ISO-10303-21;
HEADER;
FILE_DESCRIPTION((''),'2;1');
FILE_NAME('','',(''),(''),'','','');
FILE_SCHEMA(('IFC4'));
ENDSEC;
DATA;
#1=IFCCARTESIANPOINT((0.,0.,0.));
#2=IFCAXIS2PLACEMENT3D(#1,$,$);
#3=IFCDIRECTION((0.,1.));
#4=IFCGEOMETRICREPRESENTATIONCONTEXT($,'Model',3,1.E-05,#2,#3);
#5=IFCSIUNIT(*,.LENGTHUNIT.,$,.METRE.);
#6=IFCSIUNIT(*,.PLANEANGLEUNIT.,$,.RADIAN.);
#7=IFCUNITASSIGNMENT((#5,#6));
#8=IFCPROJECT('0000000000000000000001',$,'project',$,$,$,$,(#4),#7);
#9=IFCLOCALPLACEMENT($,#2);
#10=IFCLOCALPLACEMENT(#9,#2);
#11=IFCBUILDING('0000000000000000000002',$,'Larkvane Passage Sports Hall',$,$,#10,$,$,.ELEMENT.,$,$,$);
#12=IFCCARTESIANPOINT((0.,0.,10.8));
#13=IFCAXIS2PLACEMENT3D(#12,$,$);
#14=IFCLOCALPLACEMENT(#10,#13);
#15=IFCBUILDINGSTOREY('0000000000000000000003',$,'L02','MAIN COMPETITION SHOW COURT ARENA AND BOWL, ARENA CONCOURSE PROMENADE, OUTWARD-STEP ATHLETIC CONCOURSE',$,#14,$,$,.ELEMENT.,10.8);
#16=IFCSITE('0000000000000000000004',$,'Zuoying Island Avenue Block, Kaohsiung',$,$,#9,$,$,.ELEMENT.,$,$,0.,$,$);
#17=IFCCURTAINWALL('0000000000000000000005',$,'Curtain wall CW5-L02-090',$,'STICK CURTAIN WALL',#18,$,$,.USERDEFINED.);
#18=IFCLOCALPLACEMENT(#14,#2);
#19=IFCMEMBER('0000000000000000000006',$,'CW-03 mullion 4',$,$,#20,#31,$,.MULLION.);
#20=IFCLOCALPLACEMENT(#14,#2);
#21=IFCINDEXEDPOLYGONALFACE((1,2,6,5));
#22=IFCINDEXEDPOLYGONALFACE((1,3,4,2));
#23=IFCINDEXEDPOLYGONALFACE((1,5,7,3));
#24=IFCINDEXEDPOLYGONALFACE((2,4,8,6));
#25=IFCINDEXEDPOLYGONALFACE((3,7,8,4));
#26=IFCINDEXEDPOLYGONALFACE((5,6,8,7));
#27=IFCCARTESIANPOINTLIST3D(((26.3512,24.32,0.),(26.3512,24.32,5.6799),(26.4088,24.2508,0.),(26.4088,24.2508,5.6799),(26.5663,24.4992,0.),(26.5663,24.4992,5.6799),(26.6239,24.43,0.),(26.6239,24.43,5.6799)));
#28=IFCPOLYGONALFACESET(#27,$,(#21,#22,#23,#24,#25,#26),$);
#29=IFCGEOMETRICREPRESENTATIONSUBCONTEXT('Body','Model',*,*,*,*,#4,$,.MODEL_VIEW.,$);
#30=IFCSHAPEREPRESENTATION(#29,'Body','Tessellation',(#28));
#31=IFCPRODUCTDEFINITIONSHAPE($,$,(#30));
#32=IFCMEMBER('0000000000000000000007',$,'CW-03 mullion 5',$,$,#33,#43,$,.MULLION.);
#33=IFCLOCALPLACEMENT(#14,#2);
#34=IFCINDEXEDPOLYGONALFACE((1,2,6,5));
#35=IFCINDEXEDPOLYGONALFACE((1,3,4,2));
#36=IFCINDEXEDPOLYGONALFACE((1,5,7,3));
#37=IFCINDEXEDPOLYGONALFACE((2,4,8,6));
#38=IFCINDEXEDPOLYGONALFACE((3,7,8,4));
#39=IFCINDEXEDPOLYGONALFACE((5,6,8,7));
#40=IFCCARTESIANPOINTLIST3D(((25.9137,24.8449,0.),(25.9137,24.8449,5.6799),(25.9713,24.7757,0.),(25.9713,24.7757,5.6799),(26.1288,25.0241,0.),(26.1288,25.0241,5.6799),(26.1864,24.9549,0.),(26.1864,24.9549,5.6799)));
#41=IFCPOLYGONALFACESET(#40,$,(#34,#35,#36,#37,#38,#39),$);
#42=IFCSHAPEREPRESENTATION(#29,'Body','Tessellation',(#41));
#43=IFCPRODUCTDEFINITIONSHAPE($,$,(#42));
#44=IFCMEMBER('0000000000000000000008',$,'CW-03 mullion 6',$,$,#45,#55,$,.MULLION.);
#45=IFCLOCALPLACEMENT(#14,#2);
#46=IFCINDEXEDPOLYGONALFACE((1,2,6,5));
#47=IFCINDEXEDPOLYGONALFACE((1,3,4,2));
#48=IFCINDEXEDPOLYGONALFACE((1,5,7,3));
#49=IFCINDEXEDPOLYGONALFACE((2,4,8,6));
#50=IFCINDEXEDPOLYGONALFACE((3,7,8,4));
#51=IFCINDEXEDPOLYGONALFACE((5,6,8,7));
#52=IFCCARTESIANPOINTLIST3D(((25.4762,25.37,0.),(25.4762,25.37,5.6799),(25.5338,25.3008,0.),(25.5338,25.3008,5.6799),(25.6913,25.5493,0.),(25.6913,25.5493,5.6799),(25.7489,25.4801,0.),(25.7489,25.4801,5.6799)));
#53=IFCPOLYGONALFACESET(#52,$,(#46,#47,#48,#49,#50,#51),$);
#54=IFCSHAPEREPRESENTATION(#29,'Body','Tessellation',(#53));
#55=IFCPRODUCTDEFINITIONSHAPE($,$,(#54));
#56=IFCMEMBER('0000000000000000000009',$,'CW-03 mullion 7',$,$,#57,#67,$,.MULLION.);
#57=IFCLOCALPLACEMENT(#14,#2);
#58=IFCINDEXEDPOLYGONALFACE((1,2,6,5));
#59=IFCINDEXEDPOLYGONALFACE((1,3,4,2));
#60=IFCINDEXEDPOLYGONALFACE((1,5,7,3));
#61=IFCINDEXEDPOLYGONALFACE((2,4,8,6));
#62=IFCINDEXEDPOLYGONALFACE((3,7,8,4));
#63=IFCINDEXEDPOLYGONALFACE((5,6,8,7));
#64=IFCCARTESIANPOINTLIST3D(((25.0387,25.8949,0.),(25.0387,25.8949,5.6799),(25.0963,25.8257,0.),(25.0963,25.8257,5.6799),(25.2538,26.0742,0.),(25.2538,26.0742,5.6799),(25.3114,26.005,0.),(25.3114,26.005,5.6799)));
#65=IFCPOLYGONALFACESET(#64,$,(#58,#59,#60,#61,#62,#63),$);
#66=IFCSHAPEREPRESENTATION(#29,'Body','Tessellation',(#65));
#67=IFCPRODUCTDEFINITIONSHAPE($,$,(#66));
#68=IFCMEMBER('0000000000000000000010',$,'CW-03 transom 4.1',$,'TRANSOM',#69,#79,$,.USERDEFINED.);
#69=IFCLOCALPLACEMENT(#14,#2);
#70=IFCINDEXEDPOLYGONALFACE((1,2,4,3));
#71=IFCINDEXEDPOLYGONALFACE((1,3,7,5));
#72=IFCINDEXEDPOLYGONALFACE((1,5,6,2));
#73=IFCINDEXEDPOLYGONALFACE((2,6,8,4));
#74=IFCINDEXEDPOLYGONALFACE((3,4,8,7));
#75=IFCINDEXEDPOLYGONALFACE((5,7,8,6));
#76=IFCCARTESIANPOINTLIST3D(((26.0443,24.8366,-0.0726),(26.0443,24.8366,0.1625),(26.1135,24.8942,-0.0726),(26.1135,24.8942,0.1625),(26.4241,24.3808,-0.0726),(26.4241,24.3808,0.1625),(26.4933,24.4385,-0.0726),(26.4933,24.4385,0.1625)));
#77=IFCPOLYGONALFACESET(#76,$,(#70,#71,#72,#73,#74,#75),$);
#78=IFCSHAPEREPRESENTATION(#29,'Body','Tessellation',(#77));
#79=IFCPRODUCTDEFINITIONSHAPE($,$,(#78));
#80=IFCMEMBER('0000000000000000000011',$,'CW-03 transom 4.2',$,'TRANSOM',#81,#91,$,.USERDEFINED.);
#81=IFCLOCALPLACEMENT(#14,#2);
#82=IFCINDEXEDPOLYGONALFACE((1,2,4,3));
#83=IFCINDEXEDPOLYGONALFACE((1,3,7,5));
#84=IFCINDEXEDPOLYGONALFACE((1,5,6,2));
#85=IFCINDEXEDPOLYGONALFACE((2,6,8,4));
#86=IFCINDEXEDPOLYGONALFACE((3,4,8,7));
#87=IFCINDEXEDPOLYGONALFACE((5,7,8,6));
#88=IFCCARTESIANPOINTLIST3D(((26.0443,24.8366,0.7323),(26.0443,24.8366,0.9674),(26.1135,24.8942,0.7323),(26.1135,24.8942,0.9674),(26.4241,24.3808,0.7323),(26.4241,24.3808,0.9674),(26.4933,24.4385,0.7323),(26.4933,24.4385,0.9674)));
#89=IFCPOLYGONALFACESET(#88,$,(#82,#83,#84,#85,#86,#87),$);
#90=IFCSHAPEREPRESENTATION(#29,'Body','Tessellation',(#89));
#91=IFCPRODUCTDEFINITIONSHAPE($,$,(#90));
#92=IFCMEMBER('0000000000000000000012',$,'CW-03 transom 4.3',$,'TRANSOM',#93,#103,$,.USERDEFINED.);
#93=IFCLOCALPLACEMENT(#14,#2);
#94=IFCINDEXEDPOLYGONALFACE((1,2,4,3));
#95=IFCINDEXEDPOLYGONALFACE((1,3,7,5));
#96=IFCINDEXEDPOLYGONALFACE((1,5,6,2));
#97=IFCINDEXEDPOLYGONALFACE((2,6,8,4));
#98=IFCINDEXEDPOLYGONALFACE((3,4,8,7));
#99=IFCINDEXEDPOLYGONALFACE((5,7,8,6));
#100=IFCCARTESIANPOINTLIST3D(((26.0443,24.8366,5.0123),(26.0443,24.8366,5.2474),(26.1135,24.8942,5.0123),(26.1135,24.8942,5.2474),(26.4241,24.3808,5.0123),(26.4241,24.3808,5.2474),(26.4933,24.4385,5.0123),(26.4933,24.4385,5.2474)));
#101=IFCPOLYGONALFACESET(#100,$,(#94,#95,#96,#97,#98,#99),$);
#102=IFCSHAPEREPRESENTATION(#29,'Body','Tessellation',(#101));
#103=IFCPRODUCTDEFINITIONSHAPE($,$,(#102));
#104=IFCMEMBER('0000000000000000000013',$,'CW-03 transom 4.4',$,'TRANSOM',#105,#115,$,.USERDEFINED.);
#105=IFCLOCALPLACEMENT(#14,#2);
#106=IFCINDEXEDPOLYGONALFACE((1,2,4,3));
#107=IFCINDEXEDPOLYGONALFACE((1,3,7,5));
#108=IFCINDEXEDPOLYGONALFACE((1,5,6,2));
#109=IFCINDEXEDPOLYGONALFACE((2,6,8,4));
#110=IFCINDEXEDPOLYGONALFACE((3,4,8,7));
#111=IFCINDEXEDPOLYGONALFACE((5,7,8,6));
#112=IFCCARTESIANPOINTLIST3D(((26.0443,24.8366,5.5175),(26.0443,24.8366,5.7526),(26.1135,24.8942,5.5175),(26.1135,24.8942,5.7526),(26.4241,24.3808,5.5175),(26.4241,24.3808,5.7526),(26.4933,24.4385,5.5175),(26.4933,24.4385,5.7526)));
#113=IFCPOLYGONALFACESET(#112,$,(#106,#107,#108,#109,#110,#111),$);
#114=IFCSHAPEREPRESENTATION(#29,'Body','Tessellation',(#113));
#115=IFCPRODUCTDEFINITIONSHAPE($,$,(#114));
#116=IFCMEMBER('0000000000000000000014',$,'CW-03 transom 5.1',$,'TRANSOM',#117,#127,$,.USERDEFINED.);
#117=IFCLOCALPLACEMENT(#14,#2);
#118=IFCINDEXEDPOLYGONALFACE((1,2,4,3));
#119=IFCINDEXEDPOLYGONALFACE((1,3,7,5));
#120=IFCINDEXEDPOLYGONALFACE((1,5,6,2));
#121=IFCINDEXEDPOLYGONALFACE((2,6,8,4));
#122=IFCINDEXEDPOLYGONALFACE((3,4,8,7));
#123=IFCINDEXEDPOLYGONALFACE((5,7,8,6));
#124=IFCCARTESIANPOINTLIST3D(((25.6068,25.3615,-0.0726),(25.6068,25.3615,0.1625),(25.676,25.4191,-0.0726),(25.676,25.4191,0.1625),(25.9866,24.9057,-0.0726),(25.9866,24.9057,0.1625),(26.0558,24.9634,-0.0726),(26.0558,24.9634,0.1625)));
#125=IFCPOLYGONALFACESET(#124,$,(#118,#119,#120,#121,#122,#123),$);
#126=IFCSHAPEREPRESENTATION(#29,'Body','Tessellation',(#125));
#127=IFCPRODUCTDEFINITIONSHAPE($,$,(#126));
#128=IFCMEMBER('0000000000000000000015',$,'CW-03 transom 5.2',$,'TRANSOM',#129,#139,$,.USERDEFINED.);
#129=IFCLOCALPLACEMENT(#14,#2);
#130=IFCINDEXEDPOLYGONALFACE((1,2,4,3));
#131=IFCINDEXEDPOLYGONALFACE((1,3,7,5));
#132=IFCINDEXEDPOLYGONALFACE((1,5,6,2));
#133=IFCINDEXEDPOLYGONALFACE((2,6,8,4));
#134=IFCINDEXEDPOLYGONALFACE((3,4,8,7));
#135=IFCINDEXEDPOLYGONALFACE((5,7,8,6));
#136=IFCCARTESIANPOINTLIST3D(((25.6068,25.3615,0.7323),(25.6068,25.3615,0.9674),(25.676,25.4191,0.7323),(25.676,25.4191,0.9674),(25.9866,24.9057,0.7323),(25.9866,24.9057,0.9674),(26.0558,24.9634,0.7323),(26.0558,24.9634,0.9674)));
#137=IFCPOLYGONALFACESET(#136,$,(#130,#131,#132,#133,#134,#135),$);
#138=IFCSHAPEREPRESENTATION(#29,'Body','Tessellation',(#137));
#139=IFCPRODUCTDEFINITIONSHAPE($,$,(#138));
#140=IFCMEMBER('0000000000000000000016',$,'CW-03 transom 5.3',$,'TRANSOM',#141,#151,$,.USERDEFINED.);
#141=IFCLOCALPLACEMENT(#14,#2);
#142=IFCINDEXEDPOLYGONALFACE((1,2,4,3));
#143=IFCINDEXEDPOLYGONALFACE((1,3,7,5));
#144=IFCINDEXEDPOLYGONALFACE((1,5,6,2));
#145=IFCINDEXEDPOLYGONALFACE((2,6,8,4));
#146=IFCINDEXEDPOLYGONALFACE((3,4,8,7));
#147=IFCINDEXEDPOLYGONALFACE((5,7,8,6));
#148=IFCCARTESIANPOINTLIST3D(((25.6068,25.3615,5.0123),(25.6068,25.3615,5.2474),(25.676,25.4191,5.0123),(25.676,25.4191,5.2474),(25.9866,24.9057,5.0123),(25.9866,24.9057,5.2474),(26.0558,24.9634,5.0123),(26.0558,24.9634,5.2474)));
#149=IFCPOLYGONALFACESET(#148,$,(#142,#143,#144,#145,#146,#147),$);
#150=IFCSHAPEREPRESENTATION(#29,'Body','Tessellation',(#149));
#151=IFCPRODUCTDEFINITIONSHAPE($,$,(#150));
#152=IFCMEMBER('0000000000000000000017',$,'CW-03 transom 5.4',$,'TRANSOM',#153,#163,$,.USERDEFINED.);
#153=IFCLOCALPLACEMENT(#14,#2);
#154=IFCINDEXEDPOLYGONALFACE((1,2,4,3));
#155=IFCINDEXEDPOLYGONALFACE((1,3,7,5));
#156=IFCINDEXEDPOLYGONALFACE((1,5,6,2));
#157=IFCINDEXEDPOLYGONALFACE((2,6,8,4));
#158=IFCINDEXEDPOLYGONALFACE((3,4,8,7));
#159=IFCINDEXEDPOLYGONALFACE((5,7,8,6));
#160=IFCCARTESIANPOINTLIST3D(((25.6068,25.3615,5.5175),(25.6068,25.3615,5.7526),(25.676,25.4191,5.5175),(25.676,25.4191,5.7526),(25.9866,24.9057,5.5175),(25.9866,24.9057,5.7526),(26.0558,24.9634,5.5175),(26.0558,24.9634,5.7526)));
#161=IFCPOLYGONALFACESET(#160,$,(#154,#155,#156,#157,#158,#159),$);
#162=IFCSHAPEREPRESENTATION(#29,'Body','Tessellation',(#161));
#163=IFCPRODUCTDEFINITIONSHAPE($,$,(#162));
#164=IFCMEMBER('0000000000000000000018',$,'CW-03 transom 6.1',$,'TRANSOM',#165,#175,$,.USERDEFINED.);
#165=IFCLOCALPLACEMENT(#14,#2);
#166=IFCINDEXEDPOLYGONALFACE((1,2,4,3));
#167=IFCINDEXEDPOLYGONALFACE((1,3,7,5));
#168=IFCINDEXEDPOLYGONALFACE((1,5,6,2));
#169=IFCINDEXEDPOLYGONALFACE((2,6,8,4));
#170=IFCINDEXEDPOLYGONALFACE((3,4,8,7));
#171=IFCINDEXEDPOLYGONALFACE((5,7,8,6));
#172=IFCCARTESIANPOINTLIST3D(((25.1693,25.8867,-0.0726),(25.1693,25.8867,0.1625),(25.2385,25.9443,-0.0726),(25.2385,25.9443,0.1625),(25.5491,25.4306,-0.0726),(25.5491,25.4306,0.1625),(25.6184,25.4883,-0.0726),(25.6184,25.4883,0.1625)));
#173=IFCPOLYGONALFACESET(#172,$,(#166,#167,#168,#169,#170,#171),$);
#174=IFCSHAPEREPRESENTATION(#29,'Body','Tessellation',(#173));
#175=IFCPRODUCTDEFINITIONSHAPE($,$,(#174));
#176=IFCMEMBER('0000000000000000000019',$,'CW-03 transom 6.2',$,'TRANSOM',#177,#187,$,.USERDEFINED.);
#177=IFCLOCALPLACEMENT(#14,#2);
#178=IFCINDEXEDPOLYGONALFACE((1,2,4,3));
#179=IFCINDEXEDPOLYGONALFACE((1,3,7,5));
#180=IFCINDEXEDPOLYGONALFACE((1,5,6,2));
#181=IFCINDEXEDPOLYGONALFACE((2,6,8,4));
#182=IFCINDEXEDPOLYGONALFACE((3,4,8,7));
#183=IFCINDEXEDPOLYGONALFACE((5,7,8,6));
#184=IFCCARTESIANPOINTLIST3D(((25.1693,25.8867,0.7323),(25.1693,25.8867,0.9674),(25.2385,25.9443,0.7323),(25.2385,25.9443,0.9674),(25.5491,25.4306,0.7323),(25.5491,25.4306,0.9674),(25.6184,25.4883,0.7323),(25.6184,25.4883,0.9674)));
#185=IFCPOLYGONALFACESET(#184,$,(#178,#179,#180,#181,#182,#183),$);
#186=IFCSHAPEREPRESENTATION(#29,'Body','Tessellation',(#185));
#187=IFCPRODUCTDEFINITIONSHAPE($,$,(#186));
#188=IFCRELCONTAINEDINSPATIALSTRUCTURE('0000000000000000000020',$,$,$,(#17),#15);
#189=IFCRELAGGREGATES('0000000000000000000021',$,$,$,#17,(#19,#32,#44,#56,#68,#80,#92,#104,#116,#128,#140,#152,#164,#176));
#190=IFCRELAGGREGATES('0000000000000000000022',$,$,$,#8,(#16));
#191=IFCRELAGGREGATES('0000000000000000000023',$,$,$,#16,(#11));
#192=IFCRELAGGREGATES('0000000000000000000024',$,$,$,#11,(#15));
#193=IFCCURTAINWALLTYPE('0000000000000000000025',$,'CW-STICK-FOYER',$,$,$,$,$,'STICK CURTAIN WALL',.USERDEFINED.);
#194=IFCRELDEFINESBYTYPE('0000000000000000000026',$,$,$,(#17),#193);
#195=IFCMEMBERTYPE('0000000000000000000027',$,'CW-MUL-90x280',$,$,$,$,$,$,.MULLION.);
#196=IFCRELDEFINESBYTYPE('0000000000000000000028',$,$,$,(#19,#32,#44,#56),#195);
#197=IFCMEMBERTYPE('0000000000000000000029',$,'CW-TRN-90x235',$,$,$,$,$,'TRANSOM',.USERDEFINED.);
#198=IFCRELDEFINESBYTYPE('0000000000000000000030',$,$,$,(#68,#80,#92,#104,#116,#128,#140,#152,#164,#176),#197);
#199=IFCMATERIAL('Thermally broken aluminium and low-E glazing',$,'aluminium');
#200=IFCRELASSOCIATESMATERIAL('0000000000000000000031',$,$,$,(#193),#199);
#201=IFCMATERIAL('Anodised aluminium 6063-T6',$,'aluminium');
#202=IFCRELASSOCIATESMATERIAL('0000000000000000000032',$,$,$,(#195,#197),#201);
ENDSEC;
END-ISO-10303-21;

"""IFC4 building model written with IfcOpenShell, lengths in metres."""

from ifc_helpers import new_model, si_unit, direction, frame, origin, origin_2d, place, context, subcontext, project, spatial, rectangle, extrude, material, material_profile, profile_set, type_object, element, aggregate, save


model = new_model("IFC4")

# Units and contexts
model_context = context("Model", 3, precision=1e-05, world=origin(), true_north=direction((0.0, 1.0)))
body_context = subcontext(model_context, "Body", "Model", "MODEL_VIEW")
ifc_project = project(units=[si_unit("LENGTHUNIT", "METRE"), si_unit("PLANEANGLEUNIT", "RADIAN")], contexts=[model_context])

# Site, building, storey
site_placement = place(None, origin())
site = spatial("IfcSite", under=ifc_project, at=site_placement, Name="Zuoying Island Avenue Block, Kaohsiung", CompositionType="ELEMENT", RefElevation=0.0)
building_placement = place(site_placement, origin())
building = spatial("IfcBuilding", under=site, at=building_placement, Name="Larkvane Passage Sports Hall", CompositionType="ELEMENT")
storey_placement = place(building_placement, frame((0.0, 0.0, 10.8)))
storey = spatial("IfcBuildingStorey", under=building, at=storey_placement, Name="L02", Description="MAIN COMPETITION SHOW COURT ARENA AND BOWL, ARENA CONCOURSE PROMENADE, OUTWARD-STEP ATHLETIC CONCOURSE", CompositionType="ELEMENT", Elevation=10.8)

# Curtain wall, members
ifc_material_1 = material(Name="Thermally broken aluminium and low-E glazing", Category="aluminium")
curtain_wall_type = type_object("IfcCurtainWallType", Name="CW-STICK-FOYER", ElementType="STICK CURTAIN WALL", PredefinedType="USERDEFINED", material=ifc_material_1)
curtain_wall_placement = place(storey_placement, origin())
curtain_wall = element("IfcCurtainWall", 1, at=curtain_wall_placement, inside=storey, type_object=curtain_wall_type, Name="Curtain wall CW5-L02-090", ObjectType="STICK CURTAIN WALL", PredefinedType="USERDEFINED")
ifc_material_2 = material(Name="Anodised aluminium 6063-T6", Category="aluminium")
ifc_material_profile_1 = material_profile(ifc_material_2, rectangle(XDim=0.0901, YDim=0.28, at=origin_2d()), Name="ALU-MUL-90x280")
ifc_profile_set_1 = profile_set([ifc_material_profile_1], Name="Anodised aluminium 6063-T6")
member_type_1 = type_object("IfcMemberType", Name="CW-MUL-90x280", PredefinedType="MULLION", material=ifc_profile_set_1)
member_1_placement = place(storey_placement, frame((26.4875, 24.375, 0.0), z_axis=(0.0, 0.0, 1.0), x_axis=(-0.640184, 0.768221, 0.0)))
member_1 = element("IfcMember", 2, at=member_1_placement, type_object=member_type_1, Name="CW-03 mullion 4", PredefinedType="MULLION", context=body_context, shape_type="SweptSolid", body=[
    extrude(rectangle(XDim=0.0901, YDim=0.28, at=origin_2d()), origin(), (0.0, 0.0, 1.0), 5.6799),
])
member_2_placement = place(storey_placement, frame((26.05, 24.8999, 0.0), z_axis=(0.0, 0.0, 1.0), x_axis=(-0.640184, 0.768221, 0.0)))
member_2 = element("IfcMember", 3, at=member_2_placement, type_object=member_type_1, Name="CW-03 mullion 5", PredefinedType="MULLION", context=body_context, shape_type="SweptSolid", body=[
    extrude(rectangle(XDim=0.0901, YDim=0.28, at=origin_2d()), origin(), (0.0, 0.0, 1.0), 5.6799),
])
member_3_placement = place(storey_placement, frame((25.6125, 25.425, 0.0), z_axis=(0.0, 0.0, 1.0), x_axis=(-0.640184, 0.768221, 0.0)))
member_3 = element("IfcMember", 4, at=member_3_placement, type_object=member_type_1, Name="CW-03 mullion 6", PredefinedType="MULLION", context=body_context, shape_type="SweptSolid", body=[
    extrude(rectangle(XDim=0.0901, YDim=0.28, at=origin_2d()), origin(), (0.0, 0.0, 1.0), 5.6799),
])
member_4_placement = place(storey_placement, frame((25.175, 25.95, 0.0), z_axis=(0.0, 0.0, 1.0), x_axis=(-0.640184, 0.768221, 0.0)))
member_4 = element("IfcMember", 5, at=member_4_placement, type_object=member_type_1, Name="CW-03 mullion 7", PredefinedType="MULLION", context=body_context, shape_type="SweptSolid", body=[
    extrude(rectangle(XDim=0.0901, YDim=0.28, at=origin_2d()), origin(), (0.0, 0.0, 1.0), 5.6799),
])
ifc_material_profile_2 = material_profile(ifc_material_2, rectangle(XDim=0.0901, YDim=0.2351, at=origin_2d()), Name="ALU-TRN-90x235")
ifc_profile_set_2 = profile_set([ifc_material_profile_2], Name="Anodised aluminium 6063-T6")
member_type_2 = type_object("IfcMemberType", Name="CW-TRN-90x235", ElementType="TRANSOM", PredefinedType="USERDEFINED", material=ifc_profile_set_2)
member_5_placement = place(storey_placement, frame((26.4587, 24.4097, 0.0449), z_axis=(-0.640225, 0.768188, 0.0), x_axis=(-0.768188, -0.640225, 0.0)))
member_5 = element("IfcMember", 6, at=member_5_placement, type_object=member_type_2, Name="CW-03 transom 4.1", ObjectType="TRANSOM", PredefinedType="USERDEFINED", context=body_context, shape_type="SweptSolid", body=[
    extrude(rectangle(XDim=0.0901, YDim=0.2351, at=origin_2d()), origin(), (0.0, 0.0, 1.0), 0.5933),
])
member_6_placement = place(storey_placement, frame((26.4587, 24.4097, 0.8499), z_axis=(-0.640225, 0.768188, 0.0), x_axis=(-0.768188, -0.640225, 0.0)))
member_6 = element("IfcMember", 7, at=member_6_placement, type_object=member_type_2, Name="CW-03 transom 4.2", ObjectType="TRANSOM", PredefinedType="USERDEFINED", context=body_context, shape_type="SweptSolid", body=[
    extrude(rectangle(XDim=0.0901, YDim=0.2351, at=origin_2d()), origin(), (0.0, 0.0, 1.0), 0.5933),
])
member_7_placement = place(storey_placement, frame((26.4587, 24.4097, 5.1299), z_axis=(-0.640225, 0.768188, 0.0), x_axis=(-0.768188, -0.640225, 0.0)))
member_7 = element("IfcMember", 8, at=member_7_placement, type_object=member_type_2, Name="CW-03 transom 4.3", ObjectType="TRANSOM", PredefinedType="USERDEFINED", context=body_context, shape_type="SweptSolid", body=[
    extrude(rectangle(XDim=0.0901, YDim=0.2351, at=origin_2d()), origin(), (0.0, 0.0, 1.0), 0.5933),
])
member_8_placement = place(storey_placement, frame((26.4587, 24.4097, 5.635), z_axis=(-0.640225, 0.768188, 0.0), x_axis=(-0.768188, -0.640225, 0.0)))
member_8 = element("IfcMember", 9, at=member_8_placement, type_object=member_type_2, Name="CW-03 transom 4.4", ObjectType="TRANSOM", PredefinedType="USERDEFINED", context=body_context, shape_type="SweptSolid", body=[
    extrude(rectangle(XDim=0.0901, YDim=0.2351, at=origin_2d()), origin(), (0.0, 0.0, 1.0), 0.5933),
])
member_9_placement = place(storey_placement, frame((26.0212, 24.9346, 0.0449), z_axis=(-0.640225, 0.768188, 0.0), x_axis=(-0.768188, -0.640225, 0.0)))
member_9 = element("IfcMember", 10, at=member_9_placement, type_object=member_type_2, Name="CW-03 transom 5.1", ObjectType="TRANSOM", PredefinedType="USERDEFINED", context=body_context, shape_type="SweptSolid", body=[
    extrude(rectangle(XDim=0.0901, YDim=0.2351, at=origin_2d()), origin(), (0.0, 0.0, 1.0), 0.5933),
])
member_10_placement = place(storey_placement, frame((26.0212, 24.9346, 0.8499), z_axis=(-0.640225, 0.768188, 0.0), x_axis=(-0.768188, -0.640225, 0.0)))
member_10 = element("IfcMember", 11, at=member_10_placement, type_object=member_type_2, Name="CW-03 transom 5.2", ObjectType="TRANSOM", PredefinedType="USERDEFINED", context=body_context, shape_type="SweptSolid", body=[
    extrude(rectangle(XDim=0.0901, YDim=0.2351, at=origin_2d()), origin(), (0.0, 0.0, 1.0), 0.5933),
])
member_11_placement = place(storey_placement, frame((26.0212, 24.9346, 5.1299), z_axis=(-0.640225, 0.768188, 0.0), x_axis=(-0.768188, -0.640225, 0.0)))
member_11 = element("IfcMember", 12, at=member_11_placement, type_object=member_type_2, Name="CW-03 transom 5.3", ObjectType="TRANSOM", PredefinedType="USERDEFINED", context=body_context, shape_type="SweptSolid", body=[
    extrude(rectangle(XDim=0.0901, YDim=0.2351, at=origin_2d()), origin(), (0.0, 0.0, 1.0), 0.5933),
])
member_12_placement = place(storey_placement, frame((26.0212, 24.9346, 5.635), z_axis=(-0.640225, 0.768188, 0.0), x_axis=(-0.768188, -0.640225, 0.0)))
member_12 = element("IfcMember", 13, at=member_12_placement, type_object=member_type_2, Name="CW-03 transom 5.4", ObjectType="TRANSOM", PredefinedType="USERDEFINED", context=body_context, shape_type="SweptSolid", body=[
    extrude(rectangle(XDim=0.0901, YDim=0.2351, at=origin_2d()), origin(), (0.0, 0.0, 1.0), 0.5933),
])
member_13_placement = place(storey_placement, frame((25.5837, 25.4595, 0.0449), z_axis=(-0.640023, 0.768356, 0.0), x_axis=(-0.768356, -0.640023, 0.0)))
member_13 = element("IfcMember", 14, at=member_13_placement, type_object=member_type_2, Name="CW-03 transom 6.1", ObjectType="TRANSOM", PredefinedType="USERDEFINED", context=body_context, shape_type="SweptSolid", body=[
    extrude(rectangle(XDim=0.0901, YDim=0.2351, at=origin_2d()), origin(), (0.0, 0.0, 1.0), 0.5935),
])
member_14_placement = place(storey_placement, frame((25.5837, 25.4595, 0.8499), z_axis=(-0.640023, 0.768356, 0.0), x_axis=(-0.768356, -0.640023, 0.0)))
member_14 = element("IfcMember", 15, at=member_14_placement, type_object=member_type_2, Name="CW-03 transom 6.2", ObjectType="TRANSOM", PredefinedType="USERDEFINED", context=body_context, shape_type="SweptSolid", body=[
    extrude(rectangle(XDim=0.0901, YDim=0.2351, at=origin_2d()), origin(), (0.0, 0.0, 1.0), 0.5935),
])
aggregate(curtain_wall, [member_1, member_2, member_3, member_4, member_5, member_6, member_7, member_8, member_9, member_10, member_11, member_12, member_13, member_14])

save(model, "model.ifc")
